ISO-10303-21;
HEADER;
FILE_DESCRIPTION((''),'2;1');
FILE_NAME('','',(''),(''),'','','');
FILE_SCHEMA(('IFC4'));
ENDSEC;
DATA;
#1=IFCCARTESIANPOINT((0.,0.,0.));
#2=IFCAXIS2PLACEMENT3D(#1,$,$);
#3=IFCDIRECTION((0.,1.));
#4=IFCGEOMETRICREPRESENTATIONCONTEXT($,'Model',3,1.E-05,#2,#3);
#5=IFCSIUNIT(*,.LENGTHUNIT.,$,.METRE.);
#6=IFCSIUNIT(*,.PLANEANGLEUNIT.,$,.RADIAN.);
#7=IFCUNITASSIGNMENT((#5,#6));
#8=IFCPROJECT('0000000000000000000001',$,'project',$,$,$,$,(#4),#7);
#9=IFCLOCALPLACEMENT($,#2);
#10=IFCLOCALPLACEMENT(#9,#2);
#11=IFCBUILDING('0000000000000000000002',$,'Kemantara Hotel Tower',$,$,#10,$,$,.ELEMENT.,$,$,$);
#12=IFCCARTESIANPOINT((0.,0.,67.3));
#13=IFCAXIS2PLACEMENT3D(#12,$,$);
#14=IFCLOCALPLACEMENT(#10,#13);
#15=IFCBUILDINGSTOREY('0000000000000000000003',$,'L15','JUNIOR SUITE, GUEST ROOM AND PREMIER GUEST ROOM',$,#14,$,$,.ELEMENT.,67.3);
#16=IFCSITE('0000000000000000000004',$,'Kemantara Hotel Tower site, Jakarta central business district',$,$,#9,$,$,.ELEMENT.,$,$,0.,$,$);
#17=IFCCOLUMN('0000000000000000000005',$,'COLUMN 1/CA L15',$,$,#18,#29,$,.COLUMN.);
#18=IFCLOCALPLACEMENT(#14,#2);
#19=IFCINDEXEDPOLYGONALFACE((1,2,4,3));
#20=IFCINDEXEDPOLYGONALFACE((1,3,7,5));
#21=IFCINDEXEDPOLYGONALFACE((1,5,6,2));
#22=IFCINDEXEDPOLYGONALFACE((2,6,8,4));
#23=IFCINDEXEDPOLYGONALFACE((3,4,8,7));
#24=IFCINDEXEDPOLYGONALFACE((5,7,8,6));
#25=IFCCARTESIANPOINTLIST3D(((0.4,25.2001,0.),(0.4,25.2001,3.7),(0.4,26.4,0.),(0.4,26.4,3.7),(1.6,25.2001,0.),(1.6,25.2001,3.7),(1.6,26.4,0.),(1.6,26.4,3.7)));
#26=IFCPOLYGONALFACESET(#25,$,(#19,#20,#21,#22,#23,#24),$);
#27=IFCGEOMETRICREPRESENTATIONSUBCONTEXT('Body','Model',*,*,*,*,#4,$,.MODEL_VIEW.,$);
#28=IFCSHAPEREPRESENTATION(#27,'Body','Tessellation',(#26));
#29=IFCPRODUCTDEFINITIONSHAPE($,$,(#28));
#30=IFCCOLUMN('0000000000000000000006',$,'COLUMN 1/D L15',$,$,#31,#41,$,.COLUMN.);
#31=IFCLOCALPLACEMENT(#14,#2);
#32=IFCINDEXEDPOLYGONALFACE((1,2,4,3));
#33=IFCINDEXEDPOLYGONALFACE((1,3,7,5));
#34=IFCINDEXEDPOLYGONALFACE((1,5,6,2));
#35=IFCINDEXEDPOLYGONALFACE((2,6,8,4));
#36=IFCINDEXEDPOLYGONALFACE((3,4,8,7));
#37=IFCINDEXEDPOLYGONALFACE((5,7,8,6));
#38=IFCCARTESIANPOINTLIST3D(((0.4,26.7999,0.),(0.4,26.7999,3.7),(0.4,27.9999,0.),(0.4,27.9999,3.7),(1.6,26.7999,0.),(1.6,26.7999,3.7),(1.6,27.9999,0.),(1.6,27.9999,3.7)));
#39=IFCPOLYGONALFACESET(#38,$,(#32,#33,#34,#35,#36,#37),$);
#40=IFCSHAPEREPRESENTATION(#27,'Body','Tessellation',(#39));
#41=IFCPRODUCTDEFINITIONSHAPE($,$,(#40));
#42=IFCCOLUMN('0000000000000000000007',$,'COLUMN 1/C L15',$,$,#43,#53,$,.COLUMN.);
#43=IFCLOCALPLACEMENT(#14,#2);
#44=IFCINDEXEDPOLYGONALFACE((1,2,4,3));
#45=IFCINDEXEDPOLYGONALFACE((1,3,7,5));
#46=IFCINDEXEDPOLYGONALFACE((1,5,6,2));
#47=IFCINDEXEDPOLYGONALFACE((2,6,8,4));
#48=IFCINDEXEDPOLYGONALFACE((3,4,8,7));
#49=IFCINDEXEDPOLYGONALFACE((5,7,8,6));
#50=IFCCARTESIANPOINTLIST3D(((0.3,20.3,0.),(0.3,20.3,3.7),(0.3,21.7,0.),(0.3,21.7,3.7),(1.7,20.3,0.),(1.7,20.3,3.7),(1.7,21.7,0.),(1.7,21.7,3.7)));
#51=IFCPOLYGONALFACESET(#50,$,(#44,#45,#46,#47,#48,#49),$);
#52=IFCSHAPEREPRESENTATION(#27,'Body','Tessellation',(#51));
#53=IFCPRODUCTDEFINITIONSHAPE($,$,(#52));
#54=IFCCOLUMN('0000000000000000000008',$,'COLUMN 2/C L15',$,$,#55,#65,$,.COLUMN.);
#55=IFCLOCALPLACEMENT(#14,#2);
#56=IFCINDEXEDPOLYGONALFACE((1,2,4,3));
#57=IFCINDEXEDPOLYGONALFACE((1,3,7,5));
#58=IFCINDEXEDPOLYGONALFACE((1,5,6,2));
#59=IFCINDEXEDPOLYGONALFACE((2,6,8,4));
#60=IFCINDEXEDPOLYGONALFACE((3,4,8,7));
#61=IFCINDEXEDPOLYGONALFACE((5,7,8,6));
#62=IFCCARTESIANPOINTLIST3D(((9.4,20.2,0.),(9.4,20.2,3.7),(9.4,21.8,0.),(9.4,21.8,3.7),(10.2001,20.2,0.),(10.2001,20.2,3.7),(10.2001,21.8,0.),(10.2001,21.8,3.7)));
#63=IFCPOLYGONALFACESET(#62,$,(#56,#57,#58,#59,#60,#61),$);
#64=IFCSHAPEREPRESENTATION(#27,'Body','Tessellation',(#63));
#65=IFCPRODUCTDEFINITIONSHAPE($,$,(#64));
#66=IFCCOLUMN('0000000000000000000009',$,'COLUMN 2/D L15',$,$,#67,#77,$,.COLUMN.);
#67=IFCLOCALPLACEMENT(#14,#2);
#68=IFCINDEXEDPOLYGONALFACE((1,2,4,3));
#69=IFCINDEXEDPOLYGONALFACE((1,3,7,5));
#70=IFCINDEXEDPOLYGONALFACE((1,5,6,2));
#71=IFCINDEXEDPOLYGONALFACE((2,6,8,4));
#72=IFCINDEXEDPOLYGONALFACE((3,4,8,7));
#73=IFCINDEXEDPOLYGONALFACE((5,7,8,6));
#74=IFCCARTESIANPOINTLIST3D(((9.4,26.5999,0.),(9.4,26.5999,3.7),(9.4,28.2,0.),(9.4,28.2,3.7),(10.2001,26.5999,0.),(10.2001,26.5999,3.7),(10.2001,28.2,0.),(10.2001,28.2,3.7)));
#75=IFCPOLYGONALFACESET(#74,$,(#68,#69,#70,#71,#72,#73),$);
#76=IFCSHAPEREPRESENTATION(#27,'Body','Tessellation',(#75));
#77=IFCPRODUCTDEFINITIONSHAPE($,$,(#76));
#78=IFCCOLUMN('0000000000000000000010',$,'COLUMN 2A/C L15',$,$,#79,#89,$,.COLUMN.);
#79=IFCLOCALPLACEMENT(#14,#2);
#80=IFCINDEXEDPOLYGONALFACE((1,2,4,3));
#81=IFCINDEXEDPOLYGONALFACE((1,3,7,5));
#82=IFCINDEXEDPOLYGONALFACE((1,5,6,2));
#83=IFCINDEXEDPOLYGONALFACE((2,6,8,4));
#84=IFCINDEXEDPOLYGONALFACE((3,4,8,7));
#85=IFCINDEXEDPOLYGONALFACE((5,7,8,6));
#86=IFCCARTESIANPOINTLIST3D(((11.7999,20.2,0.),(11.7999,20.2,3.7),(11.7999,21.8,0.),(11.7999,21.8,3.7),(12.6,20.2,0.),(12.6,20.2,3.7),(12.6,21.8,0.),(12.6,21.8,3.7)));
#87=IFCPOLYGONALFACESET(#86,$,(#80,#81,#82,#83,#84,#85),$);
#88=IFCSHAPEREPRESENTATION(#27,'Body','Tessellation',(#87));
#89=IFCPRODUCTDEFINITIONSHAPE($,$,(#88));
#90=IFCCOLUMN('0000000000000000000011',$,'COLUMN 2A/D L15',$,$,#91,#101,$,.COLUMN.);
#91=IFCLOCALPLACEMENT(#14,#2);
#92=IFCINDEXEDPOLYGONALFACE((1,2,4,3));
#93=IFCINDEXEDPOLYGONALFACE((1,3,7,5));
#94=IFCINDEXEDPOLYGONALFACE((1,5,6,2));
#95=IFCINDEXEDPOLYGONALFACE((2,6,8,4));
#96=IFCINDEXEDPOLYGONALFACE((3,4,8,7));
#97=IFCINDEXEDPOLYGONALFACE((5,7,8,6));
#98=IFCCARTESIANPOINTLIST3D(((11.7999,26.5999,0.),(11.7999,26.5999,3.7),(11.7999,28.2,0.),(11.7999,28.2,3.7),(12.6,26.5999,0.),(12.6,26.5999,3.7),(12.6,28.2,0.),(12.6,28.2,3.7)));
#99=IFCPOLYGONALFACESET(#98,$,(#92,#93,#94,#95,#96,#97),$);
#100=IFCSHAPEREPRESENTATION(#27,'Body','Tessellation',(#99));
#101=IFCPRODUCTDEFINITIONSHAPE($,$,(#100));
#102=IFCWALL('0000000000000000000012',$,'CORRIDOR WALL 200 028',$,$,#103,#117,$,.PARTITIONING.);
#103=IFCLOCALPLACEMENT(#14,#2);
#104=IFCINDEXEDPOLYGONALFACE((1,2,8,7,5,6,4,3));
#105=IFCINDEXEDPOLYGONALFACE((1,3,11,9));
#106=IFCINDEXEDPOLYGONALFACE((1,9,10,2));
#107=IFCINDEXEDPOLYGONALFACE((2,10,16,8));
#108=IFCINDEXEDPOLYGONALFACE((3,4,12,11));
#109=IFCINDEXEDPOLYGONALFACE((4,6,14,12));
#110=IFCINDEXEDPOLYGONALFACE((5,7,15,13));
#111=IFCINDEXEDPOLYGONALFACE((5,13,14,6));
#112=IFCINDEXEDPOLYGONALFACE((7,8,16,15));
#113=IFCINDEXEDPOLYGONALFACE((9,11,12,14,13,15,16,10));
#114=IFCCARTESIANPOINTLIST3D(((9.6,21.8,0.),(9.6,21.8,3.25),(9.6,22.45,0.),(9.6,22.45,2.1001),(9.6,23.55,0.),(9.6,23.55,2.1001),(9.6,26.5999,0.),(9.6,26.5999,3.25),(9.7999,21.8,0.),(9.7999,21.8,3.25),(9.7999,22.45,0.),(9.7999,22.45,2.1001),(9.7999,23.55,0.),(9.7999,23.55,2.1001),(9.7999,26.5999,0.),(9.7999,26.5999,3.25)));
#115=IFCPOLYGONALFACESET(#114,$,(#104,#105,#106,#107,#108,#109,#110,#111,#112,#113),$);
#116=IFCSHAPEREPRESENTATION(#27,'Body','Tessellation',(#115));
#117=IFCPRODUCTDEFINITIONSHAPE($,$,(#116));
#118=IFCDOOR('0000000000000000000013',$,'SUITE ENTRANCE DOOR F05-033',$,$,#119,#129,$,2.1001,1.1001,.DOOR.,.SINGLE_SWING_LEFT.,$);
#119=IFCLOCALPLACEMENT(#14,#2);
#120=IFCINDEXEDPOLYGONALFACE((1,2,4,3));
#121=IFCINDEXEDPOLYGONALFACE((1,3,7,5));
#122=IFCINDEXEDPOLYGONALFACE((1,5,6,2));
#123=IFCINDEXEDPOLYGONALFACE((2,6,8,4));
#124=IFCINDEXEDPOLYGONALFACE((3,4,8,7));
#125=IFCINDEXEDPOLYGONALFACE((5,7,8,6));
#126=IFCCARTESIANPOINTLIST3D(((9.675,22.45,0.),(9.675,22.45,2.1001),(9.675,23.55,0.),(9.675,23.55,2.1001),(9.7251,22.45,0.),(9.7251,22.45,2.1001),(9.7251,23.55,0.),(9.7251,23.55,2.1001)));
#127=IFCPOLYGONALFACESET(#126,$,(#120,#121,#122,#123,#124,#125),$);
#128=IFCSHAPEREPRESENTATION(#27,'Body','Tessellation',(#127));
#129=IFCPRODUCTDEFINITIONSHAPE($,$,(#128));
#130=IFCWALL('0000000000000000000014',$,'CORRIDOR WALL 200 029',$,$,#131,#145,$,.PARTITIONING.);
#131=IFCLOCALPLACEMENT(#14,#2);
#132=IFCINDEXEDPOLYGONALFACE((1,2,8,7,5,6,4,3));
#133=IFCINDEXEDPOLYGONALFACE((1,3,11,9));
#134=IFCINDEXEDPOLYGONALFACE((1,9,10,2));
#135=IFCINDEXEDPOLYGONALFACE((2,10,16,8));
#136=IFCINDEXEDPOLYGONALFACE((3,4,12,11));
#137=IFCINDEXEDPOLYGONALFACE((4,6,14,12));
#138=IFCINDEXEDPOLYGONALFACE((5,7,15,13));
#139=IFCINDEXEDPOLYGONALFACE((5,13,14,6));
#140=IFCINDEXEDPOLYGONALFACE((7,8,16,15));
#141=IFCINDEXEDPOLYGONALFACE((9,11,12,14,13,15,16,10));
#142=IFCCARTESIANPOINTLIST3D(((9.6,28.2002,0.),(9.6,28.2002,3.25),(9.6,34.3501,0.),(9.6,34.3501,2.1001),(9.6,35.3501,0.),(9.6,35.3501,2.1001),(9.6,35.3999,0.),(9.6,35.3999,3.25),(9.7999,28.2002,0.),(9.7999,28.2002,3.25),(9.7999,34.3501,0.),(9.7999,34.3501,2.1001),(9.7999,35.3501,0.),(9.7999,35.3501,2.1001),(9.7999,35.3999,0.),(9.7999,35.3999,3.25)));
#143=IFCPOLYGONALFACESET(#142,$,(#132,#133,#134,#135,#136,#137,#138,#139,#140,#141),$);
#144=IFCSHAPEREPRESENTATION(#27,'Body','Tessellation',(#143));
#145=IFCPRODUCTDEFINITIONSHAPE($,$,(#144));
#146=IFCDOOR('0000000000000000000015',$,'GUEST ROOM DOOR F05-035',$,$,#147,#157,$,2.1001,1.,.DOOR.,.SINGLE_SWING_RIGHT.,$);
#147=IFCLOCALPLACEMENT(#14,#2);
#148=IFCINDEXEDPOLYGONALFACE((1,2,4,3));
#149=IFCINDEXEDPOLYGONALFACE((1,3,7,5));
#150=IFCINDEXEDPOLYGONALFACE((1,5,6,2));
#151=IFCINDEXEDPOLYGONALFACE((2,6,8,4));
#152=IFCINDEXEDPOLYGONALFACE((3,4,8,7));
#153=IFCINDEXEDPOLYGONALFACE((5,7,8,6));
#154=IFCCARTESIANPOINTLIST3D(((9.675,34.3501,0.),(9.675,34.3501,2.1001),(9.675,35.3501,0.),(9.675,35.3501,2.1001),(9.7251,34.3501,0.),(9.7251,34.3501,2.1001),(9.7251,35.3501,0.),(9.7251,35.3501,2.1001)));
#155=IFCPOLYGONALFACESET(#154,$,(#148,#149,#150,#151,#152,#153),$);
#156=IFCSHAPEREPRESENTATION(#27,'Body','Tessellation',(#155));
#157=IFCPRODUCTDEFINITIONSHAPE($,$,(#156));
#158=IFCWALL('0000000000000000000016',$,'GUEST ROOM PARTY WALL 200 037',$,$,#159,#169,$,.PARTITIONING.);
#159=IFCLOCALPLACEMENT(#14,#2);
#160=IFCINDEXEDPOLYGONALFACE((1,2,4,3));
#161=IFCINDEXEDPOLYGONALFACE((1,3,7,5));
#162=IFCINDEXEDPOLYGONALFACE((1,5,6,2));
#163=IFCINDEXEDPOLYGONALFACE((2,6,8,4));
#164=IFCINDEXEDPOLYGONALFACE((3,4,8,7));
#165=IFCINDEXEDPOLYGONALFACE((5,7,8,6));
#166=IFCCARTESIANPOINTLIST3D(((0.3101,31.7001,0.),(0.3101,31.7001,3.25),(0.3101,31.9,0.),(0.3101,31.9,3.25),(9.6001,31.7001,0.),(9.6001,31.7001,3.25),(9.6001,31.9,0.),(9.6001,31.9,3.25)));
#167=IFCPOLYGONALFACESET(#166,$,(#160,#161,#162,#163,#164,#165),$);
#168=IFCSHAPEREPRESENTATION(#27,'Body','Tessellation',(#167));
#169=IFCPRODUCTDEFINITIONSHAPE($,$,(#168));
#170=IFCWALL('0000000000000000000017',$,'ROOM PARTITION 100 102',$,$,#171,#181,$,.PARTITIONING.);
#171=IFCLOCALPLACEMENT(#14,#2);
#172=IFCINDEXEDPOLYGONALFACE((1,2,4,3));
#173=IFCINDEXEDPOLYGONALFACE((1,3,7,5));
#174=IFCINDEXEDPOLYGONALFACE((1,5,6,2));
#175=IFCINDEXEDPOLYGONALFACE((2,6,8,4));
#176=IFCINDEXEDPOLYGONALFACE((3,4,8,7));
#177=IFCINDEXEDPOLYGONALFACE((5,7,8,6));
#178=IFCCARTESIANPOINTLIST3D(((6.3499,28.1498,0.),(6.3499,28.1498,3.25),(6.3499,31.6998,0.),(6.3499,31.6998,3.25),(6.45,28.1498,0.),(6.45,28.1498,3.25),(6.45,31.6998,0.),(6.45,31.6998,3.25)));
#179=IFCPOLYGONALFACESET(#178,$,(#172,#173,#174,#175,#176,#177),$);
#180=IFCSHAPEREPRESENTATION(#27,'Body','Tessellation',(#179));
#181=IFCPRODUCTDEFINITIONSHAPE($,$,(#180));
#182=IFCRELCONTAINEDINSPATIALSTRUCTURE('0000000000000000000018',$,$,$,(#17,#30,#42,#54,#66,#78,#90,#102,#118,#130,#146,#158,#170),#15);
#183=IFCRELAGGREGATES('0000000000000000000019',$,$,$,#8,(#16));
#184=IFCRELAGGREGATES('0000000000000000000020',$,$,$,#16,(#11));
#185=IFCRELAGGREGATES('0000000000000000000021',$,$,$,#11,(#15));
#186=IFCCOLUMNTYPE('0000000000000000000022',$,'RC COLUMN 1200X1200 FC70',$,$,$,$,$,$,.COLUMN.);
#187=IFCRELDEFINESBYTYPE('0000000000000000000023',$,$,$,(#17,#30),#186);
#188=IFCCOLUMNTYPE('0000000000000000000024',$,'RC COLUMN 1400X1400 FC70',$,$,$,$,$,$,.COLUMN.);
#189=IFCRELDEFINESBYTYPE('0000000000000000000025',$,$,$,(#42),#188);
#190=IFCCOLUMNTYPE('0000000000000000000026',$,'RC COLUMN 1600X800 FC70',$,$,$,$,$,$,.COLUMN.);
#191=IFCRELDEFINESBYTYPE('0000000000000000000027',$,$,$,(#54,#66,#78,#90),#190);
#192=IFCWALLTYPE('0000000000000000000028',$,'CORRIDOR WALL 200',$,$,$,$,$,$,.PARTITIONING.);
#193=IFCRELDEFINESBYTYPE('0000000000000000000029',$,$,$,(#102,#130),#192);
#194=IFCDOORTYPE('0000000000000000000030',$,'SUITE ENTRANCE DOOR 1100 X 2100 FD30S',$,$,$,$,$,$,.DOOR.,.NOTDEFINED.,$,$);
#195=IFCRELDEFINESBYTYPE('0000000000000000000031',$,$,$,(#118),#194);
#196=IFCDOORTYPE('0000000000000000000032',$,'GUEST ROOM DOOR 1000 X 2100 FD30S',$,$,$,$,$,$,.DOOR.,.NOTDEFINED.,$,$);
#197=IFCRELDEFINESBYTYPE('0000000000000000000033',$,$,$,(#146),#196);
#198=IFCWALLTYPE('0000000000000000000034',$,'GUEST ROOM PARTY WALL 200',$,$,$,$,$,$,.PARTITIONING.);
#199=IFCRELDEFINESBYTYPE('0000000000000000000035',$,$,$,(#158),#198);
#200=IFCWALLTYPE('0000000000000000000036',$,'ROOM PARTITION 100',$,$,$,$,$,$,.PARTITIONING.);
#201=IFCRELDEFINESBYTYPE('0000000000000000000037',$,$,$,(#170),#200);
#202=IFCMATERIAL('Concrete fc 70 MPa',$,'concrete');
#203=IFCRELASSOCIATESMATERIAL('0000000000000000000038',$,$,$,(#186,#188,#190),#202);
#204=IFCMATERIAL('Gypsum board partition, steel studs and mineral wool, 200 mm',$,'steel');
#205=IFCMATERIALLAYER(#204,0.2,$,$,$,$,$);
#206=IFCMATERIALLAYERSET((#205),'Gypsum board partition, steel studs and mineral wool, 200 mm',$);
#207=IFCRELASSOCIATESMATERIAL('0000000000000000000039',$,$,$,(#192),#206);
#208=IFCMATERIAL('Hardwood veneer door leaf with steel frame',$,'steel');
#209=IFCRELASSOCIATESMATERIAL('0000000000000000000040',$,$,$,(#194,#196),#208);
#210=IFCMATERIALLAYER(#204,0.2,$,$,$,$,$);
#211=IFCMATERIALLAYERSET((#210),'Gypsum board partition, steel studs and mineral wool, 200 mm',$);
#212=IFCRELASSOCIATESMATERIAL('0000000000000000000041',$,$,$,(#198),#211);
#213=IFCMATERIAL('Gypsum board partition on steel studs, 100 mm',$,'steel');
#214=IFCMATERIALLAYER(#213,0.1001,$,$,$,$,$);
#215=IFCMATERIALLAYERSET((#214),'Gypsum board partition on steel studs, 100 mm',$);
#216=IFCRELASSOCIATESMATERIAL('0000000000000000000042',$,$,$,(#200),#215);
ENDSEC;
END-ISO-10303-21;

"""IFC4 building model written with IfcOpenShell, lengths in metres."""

from ifc_helpers import new_model, si_unit, direction, frame, frame_2d, origin, origin_2d, place, context, subcontext, project, spatial, rectangle, extrude, material, layer, layer_set, material_profile, profile_set, type_object, element, fill, save


model = new_model("IFC4")

# Units and contexts
model_context = context("Model", 3, precision=1e-05, world=origin(), true_north=direction((0.0, 1.0)))
body_context = subcontext(model_context, "Body", "Model", "MODEL_VIEW")
ifc_project = project(units=[si_unit("LENGTHUNIT", "METRE"), si_unit("PLANEANGLEUNIT", "RADIAN")], contexts=[model_context])

# Site, building, storey
site_placement = place(None, origin())
site = spatial("IfcSite", under=ifc_project, at=site_placement, Name="Kemantara Hotel Tower site, Jakarta central business district", CompositionType="ELEMENT", RefElevation=0.0)
building_placement = place(site_placement, origin())
building = spatial("IfcBuilding", under=site, at=building_placement, Name="Kemantara Hotel Tower", CompositionType="ELEMENT")
storey_placement = place(building_placement, frame((0.0, 0.0, 67.3)))
storey = spatial("IfcBuildingStorey", under=building, at=storey_placement, Name="L15", Description="JUNIOR SUITE, GUEST ROOM AND PREMIER GUEST ROOM", CompositionType="ELEMENT", Elevation=67.3)

# Columns
ifc_material_1 = material(Name="Concrete fc 70 MPa", Category="concrete")
ifc_material_profile_1 = material_profile(ifc_material_1, rectangle(XDim=1.2, YDim=1.2, at=origin_2d()), Name="RC 1200X1200")
ifc_profile_set_1 = profile_set([ifc_material_profile_1], Name="Concrete fc 70 MPa")
column_type_1 = type_object("IfcColumnType", Name="RC COLUMN 1200X1200 FC70", PredefinedType="COLUMN", material=ifc_profile_set_1)
for number, where, z_axis, x_axis, name in (
    (1, (1.0, 25.8, 0.0), (0.0, 0.0, 1.0), (1.0, 0.0, 0.0), "COLUMN 1/CA L15"),
    (2, (1.0, 27.3999, 0.0), (0.0, 0.0, 1.0), (1.0, 0.0, 0.0), "COLUMN 1/D L15"),
):
    element("IfcColumn", number, at=place(storey_placement, frame(where, z_axis=z_axis, x_axis=x_axis)), inside=storey, type_object=column_type_1, Name=name, PredefinedType="COLUMN", context=body_context, shape_type="SweptSolid", body=[
        extrude(rectangle(XDim=1.2, YDim=1.2, at=origin_2d()), origin(), (0.0, 0.0, 1.0), 3.7),
    ])
ifc_material_profile_2 = material_profile(ifc_material_1, rectangle(XDim=1.3999, YDim=1.3999, at=origin_2d()), Name="RC 1400X1400")
ifc_profile_set_2 = profile_set([ifc_material_profile_2], Name="Concrete fc 70 MPa")
column_type_2 = type_object("IfcColumnType", Name="RC COLUMN 1400X1400 FC70", PredefinedType="COLUMN", material=ifc_profile_set_2)
column_placement = place(storey_placement, frame((1.0, 21.0, 0.0), z_axis=(0.0, 0.0, 1.0), x_axis=(1.0, 0.0, 0.0)))
element("IfcColumn", 3, at=column_placement, inside=storey, type_object=column_type_2, Name="COLUMN 1/C L15", PredefinedType="COLUMN", context=body_context, shape_type="SweptSolid", body=[
    extrude(rectangle(XDim=1.3999, YDim=1.3999, at=origin_2d()), origin(), (0.0, 0.0, 1.0), 3.7),
])
ifc_material_profile_3 = material_profile(ifc_material_1, rectangle(XDim=1.6001, YDim=0.8, at=origin_2d()), Name="RC 1600X800")
ifc_profile_set_3 = profile_set([ifc_material_profile_3], Name="Concrete fc 70 MPa")
column_type_3 = type_object("IfcColumnType", Name="RC COLUMN 1600X800 FC70", PredefinedType="COLUMN", material=ifc_profile_set_3)
for number, where, z_axis, x_axis, name in (
    (4, (9.8, 21.0, 0.0), (0.0, 0.0, 1.0), (0.0, 1.0, 0.0), "COLUMN 2/C L15"),
    (5, (9.8, 27.3999, 0.0), (0.0, 0.0, 1.0), (0.0, 1.0, 0.0), "COLUMN 2/D L15"),
    (6, (12.2, 21.0, 0.0), (0.0, 0.0, 1.0), (0.0, 1.0, 0.0), "COLUMN 2A/C L15"),
    (7, (12.2, 27.3999, 0.0), (0.0, 0.0, 1.0), (0.0, 1.0, 0.0), "COLUMN 2A/D L15"),
):
    element("IfcColumn", number, at=place(storey_placement, frame(where, z_axis=z_axis, x_axis=x_axis)), inside=storey, type_object=column_type_3, Name=name, PredefinedType="COLUMN", context=body_context, shape_type="SweptSolid", body=[
        extrude(rectangle(XDim=1.6001, YDim=0.8, at=origin_2d()), origin(), (0.0, 0.0, 1.0), 3.7),
    ])

# Walls, openings, doors
ifc_material_2 = material(Name="Gypsum board partition, steel studs and mineral wool, 200 mm", Category="steel")
ifc_layer_1 = layer(ifc_material_2, 0.2)
ifc_layer_set_1 = layer_set([ifc_layer_1], Name="Gypsum board partition, steel studs and mineral wool, 200 mm")
wall_type_1 = type_object("IfcWallType", Name="CORRIDOR WALL 200", PredefinedType="PARTITIONING", material=ifc_layer_set_1)
wall_1_placement = place(storey_placement, frame((9.7, 21.8, 0.0), z_axis=(0.0, 0.0, 1.0), x_axis=(0.0, 1.0, 0.0)))
wall_1 = element("IfcWall", 8, at=wall_1_placement, inside=storey, type_object=wall_type_1, Name="CORRIDOR WALL 200 028", PredefinedType="PARTITIONING", context=body_context, shape_type="SweptSolid", body=[
    extrude(rectangle(XDim=4.7998, YDim=0.2, at=frame_2d((2.3999, 0.0))), origin(), (0.0, 0.0, 1.0), 3.25),
])
opening_1_placement = place(wall_1_placement, frame((0.6499, 0.0, 0.0)))
opening_1 = element("IfcOpeningElement", 9, at=opening_1_placement, cuts=wall_1, PredefinedType="OPENING", context=body_context, shape_type="SweptSolid", body=[
    extrude(rectangle(XDim=1.1001, YDim=2.1001, at=frame_2d((0.55, 1.05))), frame((0.0, 0.1099, 0.0), z_axis=(0.0, -1.0, 0.0), x_axis=(1.0, 0.0, 0.0)), (0.0, 0.0, 1.0), 0.22),
])
ifc_material_3 = material(Name="Hardwood veneer door leaf with steel frame", Category="steel")
door_type_1 = type_object("IfcDoorType", Name="SUITE ENTRANCE DOOR 1100 X 2100 FD30S", OperationType="NOTDEFINED", PredefinedType="DOOR", material=ifc_material_3)
door_1_placement = place(opening_1_placement, origin())
door_1 = element("IfcDoor", 10, at=door_1_placement, inside=storey, type_object=door_type_1, Name="SUITE ENTRANCE DOOR F05-033", OperationType="SINGLE_SWING_LEFT", OverallHeight=2.1001, OverallWidth=1.1001, PredefinedType="DOOR", context=body_context, shape_type="SweptSolid", body=[
    extrude(rectangle(XDim=1.1001, YDim=2.1001, at=frame_2d((0.55, 1.05))), frame((0.0, 0.0249, 0.0), z_axis=(0.0, -1.0, 0.0), x_axis=(1.0, 0.0, 0.0)), (0.0, 0.0, 1.0), 0.05),
])
fill(opening_1, door_1)
wall_2_placement = place(storey_placement, frame((9.7, 28.2002, 0.0), z_axis=(0.0, 0.0, 1.0), x_axis=(0.0, 1.0, 0.0)))
wall_2 = element("IfcWall", 11, at=wall_2_placement, inside=storey, type_object=wall_type_1, Name="CORRIDOR WALL 200 029", PredefinedType="PARTITIONING", context=body_context, shape_type="SweptSolid", body=[
    extrude(rectangle(XDim=7.1997, YDim=0.2, at=frame_2d((3.5999, 0.0))), origin(), (0.0, 0.0, 1.0), 3.25),
])
opening_2_placement = place(wall_2_placement, frame((6.1499, 0.0, 0.0)))
opening_2 = element("IfcOpeningElement", 12, at=opening_2_placement, cuts=wall_2, PredefinedType="OPENING", context=body_context, shape_type="SweptSolid", body=[
    extrude(rectangle(XDim=1.0, YDim=2.1001, at=frame_2d((0.5, 1.05))), frame((0.0, 0.1099, 0.0), z_axis=(0.0, -1.0, 0.0), x_axis=(1.0, 0.0, 0.0)), (0.0, 0.0, 1.0), 0.22),
])
door_type_2 = type_object("IfcDoorType", Name="GUEST ROOM DOOR 1000 X 2100 FD30S", OperationType="NOTDEFINED", PredefinedType="DOOR", material=ifc_material_3)
door_2_placement = place(opening_2_placement, origin())
door_2 = element("IfcDoor", 13, at=door_2_placement, inside=storey, type_object=door_type_2, Name="GUEST ROOM DOOR F05-035", OperationType="SINGLE_SWING_RIGHT", OverallHeight=2.1001, OverallWidth=1.0, PredefinedType="DOOR", context=body_context, shape_type="SweptSolid", body=[
    extrude(rectangle(XDim=1.0, YDim=2.1001, at=frame_2d((0.5, 1.05))), frame((0.0, 0.0249, 0.0), z_axis=(0.0, -1.0, 0.0), x_axis=(1.0, 0.0, 0.0)), (0.0, 0.0, 1.0), 0.05),
])
fill(opening_2, door_2)

# Walls
ifc_layer_2 = layer(ifc_material_2, 0.2)
ifc_layer_set_2 = layer_set([ifc_layer_2], Name="Gypsum board partition, steel studs and mineral wool, 200 mm")
wall_type_2 = type_object("IfcWallType", Name="GUEST ROOM PARTY WALL 200", PredefinedType="PARTITIONING", material=ifc_layer_set_2)
wall_3_placement = place(storey_placement, frame((0.3101, 31.8, 0.0), z_axis=(0.0, 0.0, 1.0), x_axis=(1.0, 0.0, 0.0)))
element("IfcWall", 14, at=wall_3_placement, inside=storey, type_object=wall_type_2, Name="GUEST ROOM PARTY WALL 200 037", PredefinedType="PARTITIONING", context=body_context, shape_type="SweptSolid", body=[
    extrude(rectangle(XDim=9.29, YDim=0.2, at=frame_2d((4.645, 0.0))), origin(), (0.0, 0.0, 1.0), 3.25),
])
ifc_material_4 = material(Name="Gypsum board partition on steel studs, 100 mm", Category="steel")
ifc_layer_3 = layer(ifc_material_4, 0.1001)
ifc_layer_set_3 = layer_set([ifc_layer_3], Name="Gypsum board partition on steel studs, 100 mm")
wall_type_3 = type_object("IfcWallType", Name="ROOM PARTITION 100", PredefinedType="PARTITIONING", material=ifc_layer_set_3)
wall_4_placement = place(storey_placement, frame((6.3999, 28.1499, 0.0), z_axis=(0.0, 0.0, 1.0), x_axis=(0.0, 1.0, 0.0)))
element("IfcWall", 15, at=wall_4_placement, inside=storey, type_object=wall_type_3, Name="ROOM PARTITION 100 102", PredefinedType="PARTITIONING", context=body_context, shape_type="SweptSolid", body=[
    extrude(rectangle(XDim=3.55, YDim=0.1001, at=frame_2d((1.7749, 0.0))), origin(), (0.0, 0.0, 1.0), 3.25),
])

save(model, "model.ifc")
